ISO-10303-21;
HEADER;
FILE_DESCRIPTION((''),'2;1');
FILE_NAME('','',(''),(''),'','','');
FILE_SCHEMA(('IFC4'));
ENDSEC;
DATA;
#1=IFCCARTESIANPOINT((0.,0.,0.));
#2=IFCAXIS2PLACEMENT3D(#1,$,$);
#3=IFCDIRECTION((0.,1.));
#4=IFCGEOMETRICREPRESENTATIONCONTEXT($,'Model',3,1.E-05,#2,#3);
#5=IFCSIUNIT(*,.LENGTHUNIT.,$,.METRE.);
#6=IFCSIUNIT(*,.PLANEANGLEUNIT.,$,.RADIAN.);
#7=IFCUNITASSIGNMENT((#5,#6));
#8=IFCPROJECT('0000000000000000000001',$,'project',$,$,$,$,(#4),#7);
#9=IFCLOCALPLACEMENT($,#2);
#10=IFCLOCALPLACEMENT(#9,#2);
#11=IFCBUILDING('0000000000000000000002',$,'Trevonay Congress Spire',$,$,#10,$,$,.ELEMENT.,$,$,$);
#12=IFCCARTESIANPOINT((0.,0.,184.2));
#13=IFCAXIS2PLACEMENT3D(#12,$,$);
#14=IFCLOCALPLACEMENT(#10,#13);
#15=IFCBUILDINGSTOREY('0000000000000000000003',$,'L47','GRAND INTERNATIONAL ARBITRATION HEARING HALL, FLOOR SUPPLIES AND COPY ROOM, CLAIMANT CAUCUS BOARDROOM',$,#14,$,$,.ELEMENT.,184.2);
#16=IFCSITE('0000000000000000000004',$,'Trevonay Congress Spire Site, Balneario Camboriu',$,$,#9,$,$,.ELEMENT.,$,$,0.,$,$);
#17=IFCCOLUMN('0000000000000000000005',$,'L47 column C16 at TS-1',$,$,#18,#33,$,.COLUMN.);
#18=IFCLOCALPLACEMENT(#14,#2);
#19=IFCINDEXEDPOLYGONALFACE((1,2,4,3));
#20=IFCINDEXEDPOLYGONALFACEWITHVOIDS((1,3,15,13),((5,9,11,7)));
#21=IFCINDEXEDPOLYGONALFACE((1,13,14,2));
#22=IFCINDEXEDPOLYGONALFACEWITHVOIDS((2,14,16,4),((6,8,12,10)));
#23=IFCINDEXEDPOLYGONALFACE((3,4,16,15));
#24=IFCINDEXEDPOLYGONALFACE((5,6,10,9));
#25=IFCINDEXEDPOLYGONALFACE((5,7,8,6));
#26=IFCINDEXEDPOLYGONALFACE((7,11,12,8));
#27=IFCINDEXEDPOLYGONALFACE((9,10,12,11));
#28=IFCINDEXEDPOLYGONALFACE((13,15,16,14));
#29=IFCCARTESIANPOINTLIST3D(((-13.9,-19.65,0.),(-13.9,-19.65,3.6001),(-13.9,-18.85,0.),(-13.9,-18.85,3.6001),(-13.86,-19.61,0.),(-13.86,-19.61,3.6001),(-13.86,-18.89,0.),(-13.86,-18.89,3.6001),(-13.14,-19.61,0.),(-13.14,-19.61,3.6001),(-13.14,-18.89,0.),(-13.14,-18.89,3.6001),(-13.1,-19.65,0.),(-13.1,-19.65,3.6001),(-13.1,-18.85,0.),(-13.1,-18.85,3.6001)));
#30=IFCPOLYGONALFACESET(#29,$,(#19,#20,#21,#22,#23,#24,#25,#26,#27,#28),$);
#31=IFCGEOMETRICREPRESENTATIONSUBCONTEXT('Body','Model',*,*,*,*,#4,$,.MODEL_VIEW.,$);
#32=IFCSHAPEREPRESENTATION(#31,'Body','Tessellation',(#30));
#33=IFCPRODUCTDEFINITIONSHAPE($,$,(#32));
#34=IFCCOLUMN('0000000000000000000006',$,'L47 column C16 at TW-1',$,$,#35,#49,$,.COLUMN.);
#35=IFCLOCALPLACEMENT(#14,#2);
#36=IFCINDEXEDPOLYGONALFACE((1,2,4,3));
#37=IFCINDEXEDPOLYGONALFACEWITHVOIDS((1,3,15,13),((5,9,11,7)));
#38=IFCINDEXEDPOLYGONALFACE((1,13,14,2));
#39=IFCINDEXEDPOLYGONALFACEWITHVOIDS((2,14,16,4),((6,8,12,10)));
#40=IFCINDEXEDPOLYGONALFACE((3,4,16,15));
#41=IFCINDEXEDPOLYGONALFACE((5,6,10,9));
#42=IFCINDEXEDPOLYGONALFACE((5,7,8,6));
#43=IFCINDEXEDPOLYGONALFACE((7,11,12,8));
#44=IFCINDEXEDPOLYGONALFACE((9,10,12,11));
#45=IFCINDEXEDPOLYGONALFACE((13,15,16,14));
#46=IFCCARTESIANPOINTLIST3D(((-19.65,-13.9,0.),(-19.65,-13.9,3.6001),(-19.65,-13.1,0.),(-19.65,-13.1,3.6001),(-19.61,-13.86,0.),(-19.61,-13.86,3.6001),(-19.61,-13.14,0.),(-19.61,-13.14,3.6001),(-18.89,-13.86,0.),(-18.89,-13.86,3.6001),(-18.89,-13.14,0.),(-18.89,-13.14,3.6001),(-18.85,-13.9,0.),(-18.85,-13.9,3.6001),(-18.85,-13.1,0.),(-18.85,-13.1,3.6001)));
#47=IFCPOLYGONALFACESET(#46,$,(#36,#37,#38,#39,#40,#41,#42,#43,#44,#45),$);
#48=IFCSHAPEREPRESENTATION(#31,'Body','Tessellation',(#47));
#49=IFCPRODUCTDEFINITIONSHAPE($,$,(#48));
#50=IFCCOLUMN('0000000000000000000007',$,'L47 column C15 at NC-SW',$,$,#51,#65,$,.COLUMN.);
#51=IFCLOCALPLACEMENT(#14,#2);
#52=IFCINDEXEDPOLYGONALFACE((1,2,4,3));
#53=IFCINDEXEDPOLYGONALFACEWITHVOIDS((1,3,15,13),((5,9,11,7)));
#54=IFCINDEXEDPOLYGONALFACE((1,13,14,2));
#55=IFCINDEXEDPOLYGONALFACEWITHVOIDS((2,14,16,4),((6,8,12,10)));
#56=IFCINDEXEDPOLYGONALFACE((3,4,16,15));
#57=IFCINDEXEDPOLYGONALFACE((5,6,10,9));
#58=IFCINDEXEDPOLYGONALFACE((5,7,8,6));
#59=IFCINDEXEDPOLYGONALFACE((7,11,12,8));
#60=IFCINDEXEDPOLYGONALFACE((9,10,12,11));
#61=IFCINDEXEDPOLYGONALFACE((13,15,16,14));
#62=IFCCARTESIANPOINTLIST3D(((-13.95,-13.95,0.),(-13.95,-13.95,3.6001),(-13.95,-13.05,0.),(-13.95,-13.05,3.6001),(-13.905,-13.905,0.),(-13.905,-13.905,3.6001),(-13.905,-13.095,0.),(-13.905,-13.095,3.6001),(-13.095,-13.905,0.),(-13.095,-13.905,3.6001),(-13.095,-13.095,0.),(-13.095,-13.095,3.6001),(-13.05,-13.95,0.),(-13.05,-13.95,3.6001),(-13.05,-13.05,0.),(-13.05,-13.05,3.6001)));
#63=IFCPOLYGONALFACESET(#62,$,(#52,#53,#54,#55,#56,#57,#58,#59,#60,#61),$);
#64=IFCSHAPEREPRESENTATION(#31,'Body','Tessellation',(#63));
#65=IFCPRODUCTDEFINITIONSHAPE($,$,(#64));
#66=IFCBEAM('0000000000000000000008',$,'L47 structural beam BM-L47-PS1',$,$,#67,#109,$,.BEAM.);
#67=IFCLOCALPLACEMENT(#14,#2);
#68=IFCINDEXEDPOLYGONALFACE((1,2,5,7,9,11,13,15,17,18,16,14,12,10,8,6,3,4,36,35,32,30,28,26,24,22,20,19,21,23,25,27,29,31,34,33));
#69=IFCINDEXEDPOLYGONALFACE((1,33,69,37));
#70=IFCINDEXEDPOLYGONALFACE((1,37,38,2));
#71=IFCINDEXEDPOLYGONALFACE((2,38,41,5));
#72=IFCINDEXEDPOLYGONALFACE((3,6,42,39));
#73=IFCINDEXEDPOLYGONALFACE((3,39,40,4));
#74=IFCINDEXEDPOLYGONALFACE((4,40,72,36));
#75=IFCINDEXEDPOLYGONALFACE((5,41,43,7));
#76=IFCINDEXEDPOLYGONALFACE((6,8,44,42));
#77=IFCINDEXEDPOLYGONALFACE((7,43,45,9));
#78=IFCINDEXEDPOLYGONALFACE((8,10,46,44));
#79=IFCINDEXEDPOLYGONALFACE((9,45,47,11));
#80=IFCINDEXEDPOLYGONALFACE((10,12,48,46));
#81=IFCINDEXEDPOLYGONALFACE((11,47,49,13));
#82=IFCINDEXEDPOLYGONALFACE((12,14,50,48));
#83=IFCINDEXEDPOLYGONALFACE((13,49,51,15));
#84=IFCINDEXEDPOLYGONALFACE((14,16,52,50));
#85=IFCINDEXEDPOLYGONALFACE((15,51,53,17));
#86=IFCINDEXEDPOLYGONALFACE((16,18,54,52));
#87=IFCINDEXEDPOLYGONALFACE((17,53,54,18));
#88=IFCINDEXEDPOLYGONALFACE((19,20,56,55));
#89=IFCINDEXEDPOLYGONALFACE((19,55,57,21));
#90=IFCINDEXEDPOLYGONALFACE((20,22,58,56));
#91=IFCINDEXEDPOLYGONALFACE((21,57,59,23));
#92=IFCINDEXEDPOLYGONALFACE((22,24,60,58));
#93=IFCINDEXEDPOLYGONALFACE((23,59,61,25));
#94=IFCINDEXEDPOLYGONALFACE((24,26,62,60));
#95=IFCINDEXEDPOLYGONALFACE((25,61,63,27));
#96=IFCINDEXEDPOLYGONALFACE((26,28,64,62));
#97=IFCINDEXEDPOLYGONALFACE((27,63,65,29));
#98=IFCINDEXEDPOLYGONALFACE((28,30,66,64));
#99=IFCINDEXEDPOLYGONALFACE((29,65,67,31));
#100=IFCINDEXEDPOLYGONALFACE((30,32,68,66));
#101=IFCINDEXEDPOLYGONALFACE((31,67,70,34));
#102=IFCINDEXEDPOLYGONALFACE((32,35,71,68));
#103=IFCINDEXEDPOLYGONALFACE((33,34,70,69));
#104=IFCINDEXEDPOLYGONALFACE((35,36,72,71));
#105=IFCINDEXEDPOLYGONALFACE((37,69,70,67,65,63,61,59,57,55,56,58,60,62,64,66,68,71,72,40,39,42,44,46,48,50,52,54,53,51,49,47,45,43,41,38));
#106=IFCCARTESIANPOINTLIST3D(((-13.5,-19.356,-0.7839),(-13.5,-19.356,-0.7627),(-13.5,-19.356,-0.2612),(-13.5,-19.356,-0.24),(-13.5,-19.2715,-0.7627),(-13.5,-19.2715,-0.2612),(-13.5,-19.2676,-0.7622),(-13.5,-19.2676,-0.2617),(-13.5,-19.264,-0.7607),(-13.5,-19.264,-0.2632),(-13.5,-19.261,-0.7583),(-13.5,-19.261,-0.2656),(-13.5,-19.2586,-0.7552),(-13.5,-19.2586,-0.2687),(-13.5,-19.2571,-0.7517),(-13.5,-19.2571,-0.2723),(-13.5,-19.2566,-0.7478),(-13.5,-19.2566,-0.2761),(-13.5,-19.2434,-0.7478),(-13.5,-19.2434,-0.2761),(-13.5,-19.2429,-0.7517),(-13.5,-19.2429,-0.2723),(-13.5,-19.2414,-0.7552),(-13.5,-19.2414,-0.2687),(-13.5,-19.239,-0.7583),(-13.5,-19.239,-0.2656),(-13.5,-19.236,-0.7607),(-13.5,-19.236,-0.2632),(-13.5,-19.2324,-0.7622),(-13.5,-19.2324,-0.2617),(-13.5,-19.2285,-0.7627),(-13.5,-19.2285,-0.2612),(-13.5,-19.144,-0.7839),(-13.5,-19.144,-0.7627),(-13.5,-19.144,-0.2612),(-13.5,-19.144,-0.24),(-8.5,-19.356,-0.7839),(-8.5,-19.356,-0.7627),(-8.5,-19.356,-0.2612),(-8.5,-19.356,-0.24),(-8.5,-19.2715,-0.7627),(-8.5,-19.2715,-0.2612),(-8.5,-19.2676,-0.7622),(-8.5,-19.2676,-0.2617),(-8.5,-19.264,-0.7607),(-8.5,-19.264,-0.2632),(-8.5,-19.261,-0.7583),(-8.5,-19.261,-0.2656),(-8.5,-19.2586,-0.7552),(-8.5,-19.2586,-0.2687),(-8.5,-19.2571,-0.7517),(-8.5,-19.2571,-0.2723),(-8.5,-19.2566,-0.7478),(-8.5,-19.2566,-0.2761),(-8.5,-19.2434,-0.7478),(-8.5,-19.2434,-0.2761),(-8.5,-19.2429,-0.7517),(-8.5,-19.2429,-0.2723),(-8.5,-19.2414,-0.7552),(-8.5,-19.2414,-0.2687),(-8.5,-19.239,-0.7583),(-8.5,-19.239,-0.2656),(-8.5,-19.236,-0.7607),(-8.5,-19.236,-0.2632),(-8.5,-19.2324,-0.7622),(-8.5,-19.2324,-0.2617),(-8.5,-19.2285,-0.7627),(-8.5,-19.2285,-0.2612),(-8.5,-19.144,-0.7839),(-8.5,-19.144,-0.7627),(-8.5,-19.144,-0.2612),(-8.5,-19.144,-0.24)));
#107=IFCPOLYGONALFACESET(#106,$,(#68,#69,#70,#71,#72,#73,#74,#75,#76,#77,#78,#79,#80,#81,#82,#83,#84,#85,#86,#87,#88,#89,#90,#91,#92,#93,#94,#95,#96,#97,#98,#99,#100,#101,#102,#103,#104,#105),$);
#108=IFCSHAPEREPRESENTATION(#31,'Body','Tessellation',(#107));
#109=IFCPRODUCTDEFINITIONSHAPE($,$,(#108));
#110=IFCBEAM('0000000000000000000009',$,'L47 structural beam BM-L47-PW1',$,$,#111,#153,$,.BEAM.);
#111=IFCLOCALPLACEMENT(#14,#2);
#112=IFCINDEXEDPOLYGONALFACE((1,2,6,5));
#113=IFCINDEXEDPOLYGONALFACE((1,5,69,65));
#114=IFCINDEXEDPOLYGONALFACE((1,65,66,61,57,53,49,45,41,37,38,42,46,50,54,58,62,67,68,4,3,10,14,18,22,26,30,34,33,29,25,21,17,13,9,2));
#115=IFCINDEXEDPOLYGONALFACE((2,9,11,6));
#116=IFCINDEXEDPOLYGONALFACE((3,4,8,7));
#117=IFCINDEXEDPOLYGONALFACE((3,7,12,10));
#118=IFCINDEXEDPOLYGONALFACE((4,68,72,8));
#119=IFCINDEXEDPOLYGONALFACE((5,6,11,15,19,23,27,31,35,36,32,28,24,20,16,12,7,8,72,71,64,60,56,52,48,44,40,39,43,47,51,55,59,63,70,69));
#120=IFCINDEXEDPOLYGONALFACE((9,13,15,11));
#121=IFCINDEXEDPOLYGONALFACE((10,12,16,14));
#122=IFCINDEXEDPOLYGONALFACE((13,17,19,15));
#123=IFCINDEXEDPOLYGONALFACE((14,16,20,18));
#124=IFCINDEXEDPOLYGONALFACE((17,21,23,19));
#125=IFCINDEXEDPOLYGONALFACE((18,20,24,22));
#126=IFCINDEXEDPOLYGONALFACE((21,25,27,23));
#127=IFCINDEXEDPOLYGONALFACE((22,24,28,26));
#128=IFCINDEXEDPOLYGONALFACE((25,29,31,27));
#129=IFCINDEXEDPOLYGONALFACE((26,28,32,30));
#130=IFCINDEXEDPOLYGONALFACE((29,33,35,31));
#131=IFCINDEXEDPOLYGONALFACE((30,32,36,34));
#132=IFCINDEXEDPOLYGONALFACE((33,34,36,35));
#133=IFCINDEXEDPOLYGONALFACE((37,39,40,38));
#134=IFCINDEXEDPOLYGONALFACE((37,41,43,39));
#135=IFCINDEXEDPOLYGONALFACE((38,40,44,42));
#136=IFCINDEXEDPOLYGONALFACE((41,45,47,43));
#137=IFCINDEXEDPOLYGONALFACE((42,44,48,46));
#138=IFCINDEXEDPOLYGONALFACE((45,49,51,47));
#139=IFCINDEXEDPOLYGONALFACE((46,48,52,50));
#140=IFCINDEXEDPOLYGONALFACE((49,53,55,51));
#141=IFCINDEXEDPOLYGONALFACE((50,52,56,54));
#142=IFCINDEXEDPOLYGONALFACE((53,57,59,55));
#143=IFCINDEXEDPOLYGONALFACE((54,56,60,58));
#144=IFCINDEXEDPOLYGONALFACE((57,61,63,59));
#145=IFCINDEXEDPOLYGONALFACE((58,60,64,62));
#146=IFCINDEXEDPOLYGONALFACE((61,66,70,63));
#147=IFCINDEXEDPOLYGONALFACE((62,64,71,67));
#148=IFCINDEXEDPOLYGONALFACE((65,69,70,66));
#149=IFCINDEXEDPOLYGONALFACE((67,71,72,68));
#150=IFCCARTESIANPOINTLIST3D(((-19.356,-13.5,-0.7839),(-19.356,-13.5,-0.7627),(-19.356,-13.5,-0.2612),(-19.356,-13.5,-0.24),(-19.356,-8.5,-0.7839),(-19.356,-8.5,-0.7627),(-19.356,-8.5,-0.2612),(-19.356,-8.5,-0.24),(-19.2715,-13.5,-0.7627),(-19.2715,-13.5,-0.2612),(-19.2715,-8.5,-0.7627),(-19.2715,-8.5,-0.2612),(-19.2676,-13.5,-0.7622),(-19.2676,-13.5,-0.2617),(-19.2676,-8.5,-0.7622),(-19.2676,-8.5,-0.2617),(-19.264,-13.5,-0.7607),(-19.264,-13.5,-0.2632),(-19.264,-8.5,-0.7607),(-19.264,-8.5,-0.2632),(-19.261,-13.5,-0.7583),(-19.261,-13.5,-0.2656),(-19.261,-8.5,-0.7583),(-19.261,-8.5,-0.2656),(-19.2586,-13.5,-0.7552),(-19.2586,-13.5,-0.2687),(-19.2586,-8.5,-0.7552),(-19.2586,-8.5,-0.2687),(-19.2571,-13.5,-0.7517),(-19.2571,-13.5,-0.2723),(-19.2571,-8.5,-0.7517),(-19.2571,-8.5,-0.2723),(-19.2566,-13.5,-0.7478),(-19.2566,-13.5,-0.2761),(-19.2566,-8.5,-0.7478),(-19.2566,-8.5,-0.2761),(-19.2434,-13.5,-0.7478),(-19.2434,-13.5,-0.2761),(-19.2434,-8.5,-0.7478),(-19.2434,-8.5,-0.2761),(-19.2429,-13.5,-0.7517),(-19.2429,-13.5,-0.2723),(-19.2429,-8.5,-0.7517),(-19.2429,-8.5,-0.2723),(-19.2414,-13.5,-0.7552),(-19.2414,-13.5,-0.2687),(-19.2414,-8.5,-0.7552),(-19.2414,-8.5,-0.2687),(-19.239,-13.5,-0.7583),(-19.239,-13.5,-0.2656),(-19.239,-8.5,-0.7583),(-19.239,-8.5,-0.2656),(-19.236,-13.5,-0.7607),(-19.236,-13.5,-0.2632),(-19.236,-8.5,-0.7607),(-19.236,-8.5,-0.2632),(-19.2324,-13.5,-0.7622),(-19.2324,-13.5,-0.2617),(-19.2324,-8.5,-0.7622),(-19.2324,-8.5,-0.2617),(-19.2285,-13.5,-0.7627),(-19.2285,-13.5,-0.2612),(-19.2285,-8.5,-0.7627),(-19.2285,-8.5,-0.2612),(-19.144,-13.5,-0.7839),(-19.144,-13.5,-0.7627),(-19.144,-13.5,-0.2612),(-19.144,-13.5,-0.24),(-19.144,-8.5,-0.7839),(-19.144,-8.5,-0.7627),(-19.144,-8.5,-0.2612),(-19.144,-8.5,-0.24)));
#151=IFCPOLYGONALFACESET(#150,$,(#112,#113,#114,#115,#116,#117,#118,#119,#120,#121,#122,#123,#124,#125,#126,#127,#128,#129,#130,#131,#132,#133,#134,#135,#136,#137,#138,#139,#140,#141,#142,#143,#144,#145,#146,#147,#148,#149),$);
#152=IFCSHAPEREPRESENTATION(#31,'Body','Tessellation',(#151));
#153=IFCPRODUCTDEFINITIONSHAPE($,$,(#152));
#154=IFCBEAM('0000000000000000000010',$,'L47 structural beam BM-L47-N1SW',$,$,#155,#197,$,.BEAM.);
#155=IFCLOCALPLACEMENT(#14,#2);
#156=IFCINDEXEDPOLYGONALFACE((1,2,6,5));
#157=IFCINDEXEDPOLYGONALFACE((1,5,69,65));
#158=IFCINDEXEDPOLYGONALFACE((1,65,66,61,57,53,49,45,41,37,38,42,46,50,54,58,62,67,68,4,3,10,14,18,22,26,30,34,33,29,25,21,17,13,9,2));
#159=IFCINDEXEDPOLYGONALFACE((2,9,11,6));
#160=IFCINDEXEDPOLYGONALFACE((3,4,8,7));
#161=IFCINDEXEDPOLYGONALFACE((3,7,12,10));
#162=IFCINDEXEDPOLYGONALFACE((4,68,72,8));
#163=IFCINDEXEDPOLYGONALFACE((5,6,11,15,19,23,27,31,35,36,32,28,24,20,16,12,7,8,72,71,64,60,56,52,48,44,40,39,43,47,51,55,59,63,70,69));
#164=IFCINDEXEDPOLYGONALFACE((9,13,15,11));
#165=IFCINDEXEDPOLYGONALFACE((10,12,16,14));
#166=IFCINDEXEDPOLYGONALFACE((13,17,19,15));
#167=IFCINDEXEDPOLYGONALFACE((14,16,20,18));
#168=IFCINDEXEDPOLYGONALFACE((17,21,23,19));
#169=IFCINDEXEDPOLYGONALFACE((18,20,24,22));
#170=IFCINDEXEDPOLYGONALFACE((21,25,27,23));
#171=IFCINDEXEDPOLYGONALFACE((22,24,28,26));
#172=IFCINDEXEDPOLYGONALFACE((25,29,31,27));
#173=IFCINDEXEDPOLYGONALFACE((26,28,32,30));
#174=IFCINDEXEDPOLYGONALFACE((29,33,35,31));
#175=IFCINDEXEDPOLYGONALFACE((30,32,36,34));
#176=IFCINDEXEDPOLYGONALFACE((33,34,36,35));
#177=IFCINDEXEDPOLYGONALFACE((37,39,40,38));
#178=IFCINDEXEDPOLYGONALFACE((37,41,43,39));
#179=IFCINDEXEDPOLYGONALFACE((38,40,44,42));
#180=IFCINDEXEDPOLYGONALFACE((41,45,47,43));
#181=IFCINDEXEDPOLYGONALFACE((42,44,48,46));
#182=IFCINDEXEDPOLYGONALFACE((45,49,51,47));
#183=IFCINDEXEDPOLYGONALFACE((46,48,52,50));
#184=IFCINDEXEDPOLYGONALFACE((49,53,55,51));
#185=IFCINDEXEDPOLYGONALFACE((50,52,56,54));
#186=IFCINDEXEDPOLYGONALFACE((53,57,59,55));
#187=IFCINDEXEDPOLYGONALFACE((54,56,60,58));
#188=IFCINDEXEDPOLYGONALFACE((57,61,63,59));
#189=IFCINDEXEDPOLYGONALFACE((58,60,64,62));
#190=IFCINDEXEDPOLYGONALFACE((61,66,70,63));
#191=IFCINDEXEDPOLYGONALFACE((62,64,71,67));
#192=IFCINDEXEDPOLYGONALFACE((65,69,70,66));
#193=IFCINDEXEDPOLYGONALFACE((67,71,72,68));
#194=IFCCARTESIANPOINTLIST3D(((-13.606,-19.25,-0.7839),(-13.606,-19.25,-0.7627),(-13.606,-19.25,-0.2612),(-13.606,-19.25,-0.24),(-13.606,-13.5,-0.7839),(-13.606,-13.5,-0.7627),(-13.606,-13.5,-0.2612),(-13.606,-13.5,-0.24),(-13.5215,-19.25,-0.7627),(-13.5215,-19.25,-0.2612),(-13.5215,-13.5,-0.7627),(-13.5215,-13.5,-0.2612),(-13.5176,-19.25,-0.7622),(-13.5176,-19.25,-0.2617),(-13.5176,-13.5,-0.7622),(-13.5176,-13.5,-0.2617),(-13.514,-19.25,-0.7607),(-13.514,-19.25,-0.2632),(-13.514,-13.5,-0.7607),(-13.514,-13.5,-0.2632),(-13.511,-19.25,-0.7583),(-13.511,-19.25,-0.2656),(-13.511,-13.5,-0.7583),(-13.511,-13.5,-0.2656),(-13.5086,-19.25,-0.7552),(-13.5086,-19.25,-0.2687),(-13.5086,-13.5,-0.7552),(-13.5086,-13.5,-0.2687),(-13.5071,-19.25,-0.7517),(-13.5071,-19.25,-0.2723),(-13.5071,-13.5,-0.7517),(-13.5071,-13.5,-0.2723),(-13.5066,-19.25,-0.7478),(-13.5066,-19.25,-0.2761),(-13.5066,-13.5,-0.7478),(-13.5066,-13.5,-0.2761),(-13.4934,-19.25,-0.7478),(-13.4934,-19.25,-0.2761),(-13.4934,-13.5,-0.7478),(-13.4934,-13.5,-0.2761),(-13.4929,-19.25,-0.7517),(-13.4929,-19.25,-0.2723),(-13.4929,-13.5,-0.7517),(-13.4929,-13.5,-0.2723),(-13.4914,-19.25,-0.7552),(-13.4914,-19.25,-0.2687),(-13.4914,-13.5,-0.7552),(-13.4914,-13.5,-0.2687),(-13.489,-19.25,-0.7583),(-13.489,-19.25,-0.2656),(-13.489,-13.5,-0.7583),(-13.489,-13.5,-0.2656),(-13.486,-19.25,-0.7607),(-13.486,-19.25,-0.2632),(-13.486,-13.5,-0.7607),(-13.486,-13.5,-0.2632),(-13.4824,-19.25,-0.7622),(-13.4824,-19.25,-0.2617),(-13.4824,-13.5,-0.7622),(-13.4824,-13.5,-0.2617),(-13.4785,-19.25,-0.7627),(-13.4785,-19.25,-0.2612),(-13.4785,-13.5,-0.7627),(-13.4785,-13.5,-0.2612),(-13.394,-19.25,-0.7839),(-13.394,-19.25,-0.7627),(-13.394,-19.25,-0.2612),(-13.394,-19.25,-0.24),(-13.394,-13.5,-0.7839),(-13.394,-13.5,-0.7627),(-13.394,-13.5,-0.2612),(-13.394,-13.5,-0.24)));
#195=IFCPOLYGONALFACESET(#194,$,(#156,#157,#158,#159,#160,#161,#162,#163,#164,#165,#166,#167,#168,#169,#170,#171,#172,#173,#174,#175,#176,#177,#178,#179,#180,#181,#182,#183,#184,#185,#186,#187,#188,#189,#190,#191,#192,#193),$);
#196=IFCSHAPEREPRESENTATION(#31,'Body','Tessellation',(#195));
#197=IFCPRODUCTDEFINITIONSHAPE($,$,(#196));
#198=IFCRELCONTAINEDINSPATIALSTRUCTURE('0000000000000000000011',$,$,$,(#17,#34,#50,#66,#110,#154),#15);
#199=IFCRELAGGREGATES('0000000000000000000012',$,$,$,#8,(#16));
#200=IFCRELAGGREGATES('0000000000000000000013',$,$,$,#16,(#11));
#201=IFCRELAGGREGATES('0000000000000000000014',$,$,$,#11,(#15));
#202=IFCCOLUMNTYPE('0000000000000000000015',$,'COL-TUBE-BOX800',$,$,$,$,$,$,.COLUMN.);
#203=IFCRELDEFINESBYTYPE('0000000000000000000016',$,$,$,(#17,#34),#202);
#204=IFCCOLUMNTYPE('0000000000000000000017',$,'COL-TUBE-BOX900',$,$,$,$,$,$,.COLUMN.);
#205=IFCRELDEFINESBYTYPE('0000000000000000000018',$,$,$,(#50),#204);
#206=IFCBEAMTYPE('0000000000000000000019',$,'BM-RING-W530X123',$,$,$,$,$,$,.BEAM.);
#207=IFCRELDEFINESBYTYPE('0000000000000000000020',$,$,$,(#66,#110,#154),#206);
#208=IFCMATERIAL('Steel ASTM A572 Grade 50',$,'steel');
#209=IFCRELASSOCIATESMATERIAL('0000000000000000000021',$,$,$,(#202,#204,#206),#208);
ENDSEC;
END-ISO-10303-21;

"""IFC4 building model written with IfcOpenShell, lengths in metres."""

from ifc_helpers import new_model, si_unit, direction, frame, origin, origin_2d, place, context, subcontext, project, spatial, hollow_rectangle, i_section, extrude, material, material_profile, profile_set, type_object, element, save


model = new_model("IFC4")

# Units and contexts
model_context = context("Model", 3, precision=1e-05, world=origin(), true_north=direction((0.0, 1.0)))
body_context = subcontext(model_context, "Body", "Model", "MODEL_VIEW")
ifc_project = project(units=[si_unit("LENGTHUNIT", "METRE"), si_unit("PLANEANGLEUNIT", "RADIAN")], contexts=[model_context])

# Site, building, storey
site_placement = place(None, origin())
site = spatial("IfcSite", under=ifc_project, at=site_placement, Name="Trevonay Congress Spire Site, Balneario Camboriu", CompositionType="ELEMENT", RefElevation=0.0)
building_placement = place(site_placement, origin())
building = spatial("IfcBuilding", under=site, at=building_placement, Name="Trevonay Congress Spire", CompositionType="ELEMENT")
storey_placement = place(building_placement, frame((0.0, 0.0, 184.2)))
storey = spatial("IfcBuildingStorey", under=building, at=storey_placement, Name="L47", Description="GRAND INTERNATIONAL ARBITRATION HEARING HALL, FLOOR SUPPLIES AND COPY ROOM, CLAIMANT CAUCUS BOARDROOM", CompositionType="ELEMENT", Elevation=184.2)

# Columns
ifc_material_1 = material(Name="Steel ASTM A572 Grade 50", Category="steel")
ifc_material_profile_1 = material_profile(ifc_material_1, hollow_rectangle(XDim=0.8, YDim=0.8, WallThickness=0.04, at=origin_2d()), Name="BOX 800x800x40")
ifc_profile_set_1 = profile_set([ifc_material_profile_1], Name="Steel ASTM A572 Grade 50")
column_type_1 = type_object("IfcColumnType", Name="COL-TUBE-BOX800", PredefinedType="COLUMN", material=ifc_profile_set_1)
for number, where, z_axis, x_axis, name in (
    (1, (-13.5, -19.25, 0.0), (0.0, 0.0, 1.0), (1.0, 0.0, 0.0), "L47 column C16 at TS-1"),
    (2, (-19.25, -13.5, 0.0), (0.0, 0.0, 1.0), (1.0, 0.0, 0.0), "L47 column C16 at TW-1"),
):
    element("IfcColumn", number, at=place(storey_placement, frame(where, z_axis=z_axis, x_axis=x_axis)), inside=storey, type_object=column_type_1, Name=name, PredefinedType="COLUMN", context=body_context, shape_type="SweptSolid", body=[
        extrude(hollow_rectangle(XDim=0.8, YDim=0.8, WallThickness=0.04, at=origin_2d()), origin(), (0.0, 0.0, 1.0), 3.6001),
    ])
ifc_material_profile_2 = material_profile(ifc_material_1, hollow_rectangle(XDim=0.8999, YDim=0.8999, WallThickness=0.0449, at=origin_2d()), Name="BOX 900x900x45")
ifc_profile_set_2 = profile_set([ifc_material_profile_2], Name="Steel ASTM A572 Grade 50")
column_type_2 = type_object("IfcColumnType", Name="COL-TUBE-BOX900", PredefinedType="COLUMN", material=ifc_profile_set_2)
column_placement = place(storey_placement, frame((-13.5, -13.5, 0.0), z_axis=(0.0, 0.0, 1.0), x_axis=(1.0, 0.0, 0.0)))
element("IfcColumn", 3, at=column_placement, inside=storey, type_object=column_type_2, Name="L47 column C15 at NC-SW", PredefinedType="COLUMN", context=body_context, shape_type="SweptSolid", body=[
    extrude(hollow_rectangle(XDim=0.8999, YDim=0.8999, WallThickness=0.0449, at=origin_2d()), origin(), (0.0, 0.0, 1.0), 3.6001),
])

# Beams
ifc_material_profile_3 = material_profile(ifc_material_1, i_section(OverallWidth=0.2119, OverallDepth=0.5439, WebThickness=0.0132, FlangeThickness=0.0212, FilletRadius=0.0149, at=origin_2d()), Name="W530x123")
ifc_profile_set_3 = profile_set([ifc_material_profile_3], Name="Steel ASTM A572 Grade 50")
beam_type = type_object("IfcBeamType", Name="BM-RING-W530X123", PredefinedType="BEAM", material=ifc_profile_set_3)
for number, where, z_axis, x_axis, name in (
    (4, (-13.5, -19.25, -0.512), (1.0, 0.0, 0.0), (0.0, 1.0, 0.0), "L47 structural beam BM-L47-PS1"),
    (5, (-19.25, -13.5, -0.512), (0.0, 1.0, 0.0), (-1.0, 0.0, 0.0), "L47 structural beam BM-L47-PW1"),
):
    element("IfcBeam", number, at=place(storey_placement, frame(where, z_axis=z_axis, x_axis=x_axis)), inside=storey, type_object=beam_type, Name=name, PredefinedType="BEAM", context=body_context, shape_type="SweptSolid", body=[
        extrude(i_section(OverallWidth=0.2119, OverallDepth=0.5439, WebThickness=0.0132, FlangeThickness=0.0212, FilletRadius=0.0149, at=origin_2d()), origin(), (0.0, 0.0, 1.0), 5.0),
    ])
for number, where, z_axis, x_axis, name in (
    (6, (-13.5, -19.25, -0.512), (0.0, 1.0, 0.0), (-1.0, 0.0, 0.0), "L47 structural beam BM-L47-N1SW"),
):
    element("IfcBeam", number, at=place(storey_placement, frame(where, z_axis=z_axis, x_axis=x_axis)), inside=storey, type_object=beam_type, Name=name, PredefinedType="BEAM", context=body_context, shape_type="SweptSolid", body=[
        extrude(i_section(OverallWidth=0.2119, OverallDepth=0.5439, WebThickness=0.0132, FlangeThickness=0.0212, FilletRadius=0.0149, at=origin_2d()), origin(), (0.0, 0.0, 1.0), 5.75),
    ])

save(model, "model.ifc")
